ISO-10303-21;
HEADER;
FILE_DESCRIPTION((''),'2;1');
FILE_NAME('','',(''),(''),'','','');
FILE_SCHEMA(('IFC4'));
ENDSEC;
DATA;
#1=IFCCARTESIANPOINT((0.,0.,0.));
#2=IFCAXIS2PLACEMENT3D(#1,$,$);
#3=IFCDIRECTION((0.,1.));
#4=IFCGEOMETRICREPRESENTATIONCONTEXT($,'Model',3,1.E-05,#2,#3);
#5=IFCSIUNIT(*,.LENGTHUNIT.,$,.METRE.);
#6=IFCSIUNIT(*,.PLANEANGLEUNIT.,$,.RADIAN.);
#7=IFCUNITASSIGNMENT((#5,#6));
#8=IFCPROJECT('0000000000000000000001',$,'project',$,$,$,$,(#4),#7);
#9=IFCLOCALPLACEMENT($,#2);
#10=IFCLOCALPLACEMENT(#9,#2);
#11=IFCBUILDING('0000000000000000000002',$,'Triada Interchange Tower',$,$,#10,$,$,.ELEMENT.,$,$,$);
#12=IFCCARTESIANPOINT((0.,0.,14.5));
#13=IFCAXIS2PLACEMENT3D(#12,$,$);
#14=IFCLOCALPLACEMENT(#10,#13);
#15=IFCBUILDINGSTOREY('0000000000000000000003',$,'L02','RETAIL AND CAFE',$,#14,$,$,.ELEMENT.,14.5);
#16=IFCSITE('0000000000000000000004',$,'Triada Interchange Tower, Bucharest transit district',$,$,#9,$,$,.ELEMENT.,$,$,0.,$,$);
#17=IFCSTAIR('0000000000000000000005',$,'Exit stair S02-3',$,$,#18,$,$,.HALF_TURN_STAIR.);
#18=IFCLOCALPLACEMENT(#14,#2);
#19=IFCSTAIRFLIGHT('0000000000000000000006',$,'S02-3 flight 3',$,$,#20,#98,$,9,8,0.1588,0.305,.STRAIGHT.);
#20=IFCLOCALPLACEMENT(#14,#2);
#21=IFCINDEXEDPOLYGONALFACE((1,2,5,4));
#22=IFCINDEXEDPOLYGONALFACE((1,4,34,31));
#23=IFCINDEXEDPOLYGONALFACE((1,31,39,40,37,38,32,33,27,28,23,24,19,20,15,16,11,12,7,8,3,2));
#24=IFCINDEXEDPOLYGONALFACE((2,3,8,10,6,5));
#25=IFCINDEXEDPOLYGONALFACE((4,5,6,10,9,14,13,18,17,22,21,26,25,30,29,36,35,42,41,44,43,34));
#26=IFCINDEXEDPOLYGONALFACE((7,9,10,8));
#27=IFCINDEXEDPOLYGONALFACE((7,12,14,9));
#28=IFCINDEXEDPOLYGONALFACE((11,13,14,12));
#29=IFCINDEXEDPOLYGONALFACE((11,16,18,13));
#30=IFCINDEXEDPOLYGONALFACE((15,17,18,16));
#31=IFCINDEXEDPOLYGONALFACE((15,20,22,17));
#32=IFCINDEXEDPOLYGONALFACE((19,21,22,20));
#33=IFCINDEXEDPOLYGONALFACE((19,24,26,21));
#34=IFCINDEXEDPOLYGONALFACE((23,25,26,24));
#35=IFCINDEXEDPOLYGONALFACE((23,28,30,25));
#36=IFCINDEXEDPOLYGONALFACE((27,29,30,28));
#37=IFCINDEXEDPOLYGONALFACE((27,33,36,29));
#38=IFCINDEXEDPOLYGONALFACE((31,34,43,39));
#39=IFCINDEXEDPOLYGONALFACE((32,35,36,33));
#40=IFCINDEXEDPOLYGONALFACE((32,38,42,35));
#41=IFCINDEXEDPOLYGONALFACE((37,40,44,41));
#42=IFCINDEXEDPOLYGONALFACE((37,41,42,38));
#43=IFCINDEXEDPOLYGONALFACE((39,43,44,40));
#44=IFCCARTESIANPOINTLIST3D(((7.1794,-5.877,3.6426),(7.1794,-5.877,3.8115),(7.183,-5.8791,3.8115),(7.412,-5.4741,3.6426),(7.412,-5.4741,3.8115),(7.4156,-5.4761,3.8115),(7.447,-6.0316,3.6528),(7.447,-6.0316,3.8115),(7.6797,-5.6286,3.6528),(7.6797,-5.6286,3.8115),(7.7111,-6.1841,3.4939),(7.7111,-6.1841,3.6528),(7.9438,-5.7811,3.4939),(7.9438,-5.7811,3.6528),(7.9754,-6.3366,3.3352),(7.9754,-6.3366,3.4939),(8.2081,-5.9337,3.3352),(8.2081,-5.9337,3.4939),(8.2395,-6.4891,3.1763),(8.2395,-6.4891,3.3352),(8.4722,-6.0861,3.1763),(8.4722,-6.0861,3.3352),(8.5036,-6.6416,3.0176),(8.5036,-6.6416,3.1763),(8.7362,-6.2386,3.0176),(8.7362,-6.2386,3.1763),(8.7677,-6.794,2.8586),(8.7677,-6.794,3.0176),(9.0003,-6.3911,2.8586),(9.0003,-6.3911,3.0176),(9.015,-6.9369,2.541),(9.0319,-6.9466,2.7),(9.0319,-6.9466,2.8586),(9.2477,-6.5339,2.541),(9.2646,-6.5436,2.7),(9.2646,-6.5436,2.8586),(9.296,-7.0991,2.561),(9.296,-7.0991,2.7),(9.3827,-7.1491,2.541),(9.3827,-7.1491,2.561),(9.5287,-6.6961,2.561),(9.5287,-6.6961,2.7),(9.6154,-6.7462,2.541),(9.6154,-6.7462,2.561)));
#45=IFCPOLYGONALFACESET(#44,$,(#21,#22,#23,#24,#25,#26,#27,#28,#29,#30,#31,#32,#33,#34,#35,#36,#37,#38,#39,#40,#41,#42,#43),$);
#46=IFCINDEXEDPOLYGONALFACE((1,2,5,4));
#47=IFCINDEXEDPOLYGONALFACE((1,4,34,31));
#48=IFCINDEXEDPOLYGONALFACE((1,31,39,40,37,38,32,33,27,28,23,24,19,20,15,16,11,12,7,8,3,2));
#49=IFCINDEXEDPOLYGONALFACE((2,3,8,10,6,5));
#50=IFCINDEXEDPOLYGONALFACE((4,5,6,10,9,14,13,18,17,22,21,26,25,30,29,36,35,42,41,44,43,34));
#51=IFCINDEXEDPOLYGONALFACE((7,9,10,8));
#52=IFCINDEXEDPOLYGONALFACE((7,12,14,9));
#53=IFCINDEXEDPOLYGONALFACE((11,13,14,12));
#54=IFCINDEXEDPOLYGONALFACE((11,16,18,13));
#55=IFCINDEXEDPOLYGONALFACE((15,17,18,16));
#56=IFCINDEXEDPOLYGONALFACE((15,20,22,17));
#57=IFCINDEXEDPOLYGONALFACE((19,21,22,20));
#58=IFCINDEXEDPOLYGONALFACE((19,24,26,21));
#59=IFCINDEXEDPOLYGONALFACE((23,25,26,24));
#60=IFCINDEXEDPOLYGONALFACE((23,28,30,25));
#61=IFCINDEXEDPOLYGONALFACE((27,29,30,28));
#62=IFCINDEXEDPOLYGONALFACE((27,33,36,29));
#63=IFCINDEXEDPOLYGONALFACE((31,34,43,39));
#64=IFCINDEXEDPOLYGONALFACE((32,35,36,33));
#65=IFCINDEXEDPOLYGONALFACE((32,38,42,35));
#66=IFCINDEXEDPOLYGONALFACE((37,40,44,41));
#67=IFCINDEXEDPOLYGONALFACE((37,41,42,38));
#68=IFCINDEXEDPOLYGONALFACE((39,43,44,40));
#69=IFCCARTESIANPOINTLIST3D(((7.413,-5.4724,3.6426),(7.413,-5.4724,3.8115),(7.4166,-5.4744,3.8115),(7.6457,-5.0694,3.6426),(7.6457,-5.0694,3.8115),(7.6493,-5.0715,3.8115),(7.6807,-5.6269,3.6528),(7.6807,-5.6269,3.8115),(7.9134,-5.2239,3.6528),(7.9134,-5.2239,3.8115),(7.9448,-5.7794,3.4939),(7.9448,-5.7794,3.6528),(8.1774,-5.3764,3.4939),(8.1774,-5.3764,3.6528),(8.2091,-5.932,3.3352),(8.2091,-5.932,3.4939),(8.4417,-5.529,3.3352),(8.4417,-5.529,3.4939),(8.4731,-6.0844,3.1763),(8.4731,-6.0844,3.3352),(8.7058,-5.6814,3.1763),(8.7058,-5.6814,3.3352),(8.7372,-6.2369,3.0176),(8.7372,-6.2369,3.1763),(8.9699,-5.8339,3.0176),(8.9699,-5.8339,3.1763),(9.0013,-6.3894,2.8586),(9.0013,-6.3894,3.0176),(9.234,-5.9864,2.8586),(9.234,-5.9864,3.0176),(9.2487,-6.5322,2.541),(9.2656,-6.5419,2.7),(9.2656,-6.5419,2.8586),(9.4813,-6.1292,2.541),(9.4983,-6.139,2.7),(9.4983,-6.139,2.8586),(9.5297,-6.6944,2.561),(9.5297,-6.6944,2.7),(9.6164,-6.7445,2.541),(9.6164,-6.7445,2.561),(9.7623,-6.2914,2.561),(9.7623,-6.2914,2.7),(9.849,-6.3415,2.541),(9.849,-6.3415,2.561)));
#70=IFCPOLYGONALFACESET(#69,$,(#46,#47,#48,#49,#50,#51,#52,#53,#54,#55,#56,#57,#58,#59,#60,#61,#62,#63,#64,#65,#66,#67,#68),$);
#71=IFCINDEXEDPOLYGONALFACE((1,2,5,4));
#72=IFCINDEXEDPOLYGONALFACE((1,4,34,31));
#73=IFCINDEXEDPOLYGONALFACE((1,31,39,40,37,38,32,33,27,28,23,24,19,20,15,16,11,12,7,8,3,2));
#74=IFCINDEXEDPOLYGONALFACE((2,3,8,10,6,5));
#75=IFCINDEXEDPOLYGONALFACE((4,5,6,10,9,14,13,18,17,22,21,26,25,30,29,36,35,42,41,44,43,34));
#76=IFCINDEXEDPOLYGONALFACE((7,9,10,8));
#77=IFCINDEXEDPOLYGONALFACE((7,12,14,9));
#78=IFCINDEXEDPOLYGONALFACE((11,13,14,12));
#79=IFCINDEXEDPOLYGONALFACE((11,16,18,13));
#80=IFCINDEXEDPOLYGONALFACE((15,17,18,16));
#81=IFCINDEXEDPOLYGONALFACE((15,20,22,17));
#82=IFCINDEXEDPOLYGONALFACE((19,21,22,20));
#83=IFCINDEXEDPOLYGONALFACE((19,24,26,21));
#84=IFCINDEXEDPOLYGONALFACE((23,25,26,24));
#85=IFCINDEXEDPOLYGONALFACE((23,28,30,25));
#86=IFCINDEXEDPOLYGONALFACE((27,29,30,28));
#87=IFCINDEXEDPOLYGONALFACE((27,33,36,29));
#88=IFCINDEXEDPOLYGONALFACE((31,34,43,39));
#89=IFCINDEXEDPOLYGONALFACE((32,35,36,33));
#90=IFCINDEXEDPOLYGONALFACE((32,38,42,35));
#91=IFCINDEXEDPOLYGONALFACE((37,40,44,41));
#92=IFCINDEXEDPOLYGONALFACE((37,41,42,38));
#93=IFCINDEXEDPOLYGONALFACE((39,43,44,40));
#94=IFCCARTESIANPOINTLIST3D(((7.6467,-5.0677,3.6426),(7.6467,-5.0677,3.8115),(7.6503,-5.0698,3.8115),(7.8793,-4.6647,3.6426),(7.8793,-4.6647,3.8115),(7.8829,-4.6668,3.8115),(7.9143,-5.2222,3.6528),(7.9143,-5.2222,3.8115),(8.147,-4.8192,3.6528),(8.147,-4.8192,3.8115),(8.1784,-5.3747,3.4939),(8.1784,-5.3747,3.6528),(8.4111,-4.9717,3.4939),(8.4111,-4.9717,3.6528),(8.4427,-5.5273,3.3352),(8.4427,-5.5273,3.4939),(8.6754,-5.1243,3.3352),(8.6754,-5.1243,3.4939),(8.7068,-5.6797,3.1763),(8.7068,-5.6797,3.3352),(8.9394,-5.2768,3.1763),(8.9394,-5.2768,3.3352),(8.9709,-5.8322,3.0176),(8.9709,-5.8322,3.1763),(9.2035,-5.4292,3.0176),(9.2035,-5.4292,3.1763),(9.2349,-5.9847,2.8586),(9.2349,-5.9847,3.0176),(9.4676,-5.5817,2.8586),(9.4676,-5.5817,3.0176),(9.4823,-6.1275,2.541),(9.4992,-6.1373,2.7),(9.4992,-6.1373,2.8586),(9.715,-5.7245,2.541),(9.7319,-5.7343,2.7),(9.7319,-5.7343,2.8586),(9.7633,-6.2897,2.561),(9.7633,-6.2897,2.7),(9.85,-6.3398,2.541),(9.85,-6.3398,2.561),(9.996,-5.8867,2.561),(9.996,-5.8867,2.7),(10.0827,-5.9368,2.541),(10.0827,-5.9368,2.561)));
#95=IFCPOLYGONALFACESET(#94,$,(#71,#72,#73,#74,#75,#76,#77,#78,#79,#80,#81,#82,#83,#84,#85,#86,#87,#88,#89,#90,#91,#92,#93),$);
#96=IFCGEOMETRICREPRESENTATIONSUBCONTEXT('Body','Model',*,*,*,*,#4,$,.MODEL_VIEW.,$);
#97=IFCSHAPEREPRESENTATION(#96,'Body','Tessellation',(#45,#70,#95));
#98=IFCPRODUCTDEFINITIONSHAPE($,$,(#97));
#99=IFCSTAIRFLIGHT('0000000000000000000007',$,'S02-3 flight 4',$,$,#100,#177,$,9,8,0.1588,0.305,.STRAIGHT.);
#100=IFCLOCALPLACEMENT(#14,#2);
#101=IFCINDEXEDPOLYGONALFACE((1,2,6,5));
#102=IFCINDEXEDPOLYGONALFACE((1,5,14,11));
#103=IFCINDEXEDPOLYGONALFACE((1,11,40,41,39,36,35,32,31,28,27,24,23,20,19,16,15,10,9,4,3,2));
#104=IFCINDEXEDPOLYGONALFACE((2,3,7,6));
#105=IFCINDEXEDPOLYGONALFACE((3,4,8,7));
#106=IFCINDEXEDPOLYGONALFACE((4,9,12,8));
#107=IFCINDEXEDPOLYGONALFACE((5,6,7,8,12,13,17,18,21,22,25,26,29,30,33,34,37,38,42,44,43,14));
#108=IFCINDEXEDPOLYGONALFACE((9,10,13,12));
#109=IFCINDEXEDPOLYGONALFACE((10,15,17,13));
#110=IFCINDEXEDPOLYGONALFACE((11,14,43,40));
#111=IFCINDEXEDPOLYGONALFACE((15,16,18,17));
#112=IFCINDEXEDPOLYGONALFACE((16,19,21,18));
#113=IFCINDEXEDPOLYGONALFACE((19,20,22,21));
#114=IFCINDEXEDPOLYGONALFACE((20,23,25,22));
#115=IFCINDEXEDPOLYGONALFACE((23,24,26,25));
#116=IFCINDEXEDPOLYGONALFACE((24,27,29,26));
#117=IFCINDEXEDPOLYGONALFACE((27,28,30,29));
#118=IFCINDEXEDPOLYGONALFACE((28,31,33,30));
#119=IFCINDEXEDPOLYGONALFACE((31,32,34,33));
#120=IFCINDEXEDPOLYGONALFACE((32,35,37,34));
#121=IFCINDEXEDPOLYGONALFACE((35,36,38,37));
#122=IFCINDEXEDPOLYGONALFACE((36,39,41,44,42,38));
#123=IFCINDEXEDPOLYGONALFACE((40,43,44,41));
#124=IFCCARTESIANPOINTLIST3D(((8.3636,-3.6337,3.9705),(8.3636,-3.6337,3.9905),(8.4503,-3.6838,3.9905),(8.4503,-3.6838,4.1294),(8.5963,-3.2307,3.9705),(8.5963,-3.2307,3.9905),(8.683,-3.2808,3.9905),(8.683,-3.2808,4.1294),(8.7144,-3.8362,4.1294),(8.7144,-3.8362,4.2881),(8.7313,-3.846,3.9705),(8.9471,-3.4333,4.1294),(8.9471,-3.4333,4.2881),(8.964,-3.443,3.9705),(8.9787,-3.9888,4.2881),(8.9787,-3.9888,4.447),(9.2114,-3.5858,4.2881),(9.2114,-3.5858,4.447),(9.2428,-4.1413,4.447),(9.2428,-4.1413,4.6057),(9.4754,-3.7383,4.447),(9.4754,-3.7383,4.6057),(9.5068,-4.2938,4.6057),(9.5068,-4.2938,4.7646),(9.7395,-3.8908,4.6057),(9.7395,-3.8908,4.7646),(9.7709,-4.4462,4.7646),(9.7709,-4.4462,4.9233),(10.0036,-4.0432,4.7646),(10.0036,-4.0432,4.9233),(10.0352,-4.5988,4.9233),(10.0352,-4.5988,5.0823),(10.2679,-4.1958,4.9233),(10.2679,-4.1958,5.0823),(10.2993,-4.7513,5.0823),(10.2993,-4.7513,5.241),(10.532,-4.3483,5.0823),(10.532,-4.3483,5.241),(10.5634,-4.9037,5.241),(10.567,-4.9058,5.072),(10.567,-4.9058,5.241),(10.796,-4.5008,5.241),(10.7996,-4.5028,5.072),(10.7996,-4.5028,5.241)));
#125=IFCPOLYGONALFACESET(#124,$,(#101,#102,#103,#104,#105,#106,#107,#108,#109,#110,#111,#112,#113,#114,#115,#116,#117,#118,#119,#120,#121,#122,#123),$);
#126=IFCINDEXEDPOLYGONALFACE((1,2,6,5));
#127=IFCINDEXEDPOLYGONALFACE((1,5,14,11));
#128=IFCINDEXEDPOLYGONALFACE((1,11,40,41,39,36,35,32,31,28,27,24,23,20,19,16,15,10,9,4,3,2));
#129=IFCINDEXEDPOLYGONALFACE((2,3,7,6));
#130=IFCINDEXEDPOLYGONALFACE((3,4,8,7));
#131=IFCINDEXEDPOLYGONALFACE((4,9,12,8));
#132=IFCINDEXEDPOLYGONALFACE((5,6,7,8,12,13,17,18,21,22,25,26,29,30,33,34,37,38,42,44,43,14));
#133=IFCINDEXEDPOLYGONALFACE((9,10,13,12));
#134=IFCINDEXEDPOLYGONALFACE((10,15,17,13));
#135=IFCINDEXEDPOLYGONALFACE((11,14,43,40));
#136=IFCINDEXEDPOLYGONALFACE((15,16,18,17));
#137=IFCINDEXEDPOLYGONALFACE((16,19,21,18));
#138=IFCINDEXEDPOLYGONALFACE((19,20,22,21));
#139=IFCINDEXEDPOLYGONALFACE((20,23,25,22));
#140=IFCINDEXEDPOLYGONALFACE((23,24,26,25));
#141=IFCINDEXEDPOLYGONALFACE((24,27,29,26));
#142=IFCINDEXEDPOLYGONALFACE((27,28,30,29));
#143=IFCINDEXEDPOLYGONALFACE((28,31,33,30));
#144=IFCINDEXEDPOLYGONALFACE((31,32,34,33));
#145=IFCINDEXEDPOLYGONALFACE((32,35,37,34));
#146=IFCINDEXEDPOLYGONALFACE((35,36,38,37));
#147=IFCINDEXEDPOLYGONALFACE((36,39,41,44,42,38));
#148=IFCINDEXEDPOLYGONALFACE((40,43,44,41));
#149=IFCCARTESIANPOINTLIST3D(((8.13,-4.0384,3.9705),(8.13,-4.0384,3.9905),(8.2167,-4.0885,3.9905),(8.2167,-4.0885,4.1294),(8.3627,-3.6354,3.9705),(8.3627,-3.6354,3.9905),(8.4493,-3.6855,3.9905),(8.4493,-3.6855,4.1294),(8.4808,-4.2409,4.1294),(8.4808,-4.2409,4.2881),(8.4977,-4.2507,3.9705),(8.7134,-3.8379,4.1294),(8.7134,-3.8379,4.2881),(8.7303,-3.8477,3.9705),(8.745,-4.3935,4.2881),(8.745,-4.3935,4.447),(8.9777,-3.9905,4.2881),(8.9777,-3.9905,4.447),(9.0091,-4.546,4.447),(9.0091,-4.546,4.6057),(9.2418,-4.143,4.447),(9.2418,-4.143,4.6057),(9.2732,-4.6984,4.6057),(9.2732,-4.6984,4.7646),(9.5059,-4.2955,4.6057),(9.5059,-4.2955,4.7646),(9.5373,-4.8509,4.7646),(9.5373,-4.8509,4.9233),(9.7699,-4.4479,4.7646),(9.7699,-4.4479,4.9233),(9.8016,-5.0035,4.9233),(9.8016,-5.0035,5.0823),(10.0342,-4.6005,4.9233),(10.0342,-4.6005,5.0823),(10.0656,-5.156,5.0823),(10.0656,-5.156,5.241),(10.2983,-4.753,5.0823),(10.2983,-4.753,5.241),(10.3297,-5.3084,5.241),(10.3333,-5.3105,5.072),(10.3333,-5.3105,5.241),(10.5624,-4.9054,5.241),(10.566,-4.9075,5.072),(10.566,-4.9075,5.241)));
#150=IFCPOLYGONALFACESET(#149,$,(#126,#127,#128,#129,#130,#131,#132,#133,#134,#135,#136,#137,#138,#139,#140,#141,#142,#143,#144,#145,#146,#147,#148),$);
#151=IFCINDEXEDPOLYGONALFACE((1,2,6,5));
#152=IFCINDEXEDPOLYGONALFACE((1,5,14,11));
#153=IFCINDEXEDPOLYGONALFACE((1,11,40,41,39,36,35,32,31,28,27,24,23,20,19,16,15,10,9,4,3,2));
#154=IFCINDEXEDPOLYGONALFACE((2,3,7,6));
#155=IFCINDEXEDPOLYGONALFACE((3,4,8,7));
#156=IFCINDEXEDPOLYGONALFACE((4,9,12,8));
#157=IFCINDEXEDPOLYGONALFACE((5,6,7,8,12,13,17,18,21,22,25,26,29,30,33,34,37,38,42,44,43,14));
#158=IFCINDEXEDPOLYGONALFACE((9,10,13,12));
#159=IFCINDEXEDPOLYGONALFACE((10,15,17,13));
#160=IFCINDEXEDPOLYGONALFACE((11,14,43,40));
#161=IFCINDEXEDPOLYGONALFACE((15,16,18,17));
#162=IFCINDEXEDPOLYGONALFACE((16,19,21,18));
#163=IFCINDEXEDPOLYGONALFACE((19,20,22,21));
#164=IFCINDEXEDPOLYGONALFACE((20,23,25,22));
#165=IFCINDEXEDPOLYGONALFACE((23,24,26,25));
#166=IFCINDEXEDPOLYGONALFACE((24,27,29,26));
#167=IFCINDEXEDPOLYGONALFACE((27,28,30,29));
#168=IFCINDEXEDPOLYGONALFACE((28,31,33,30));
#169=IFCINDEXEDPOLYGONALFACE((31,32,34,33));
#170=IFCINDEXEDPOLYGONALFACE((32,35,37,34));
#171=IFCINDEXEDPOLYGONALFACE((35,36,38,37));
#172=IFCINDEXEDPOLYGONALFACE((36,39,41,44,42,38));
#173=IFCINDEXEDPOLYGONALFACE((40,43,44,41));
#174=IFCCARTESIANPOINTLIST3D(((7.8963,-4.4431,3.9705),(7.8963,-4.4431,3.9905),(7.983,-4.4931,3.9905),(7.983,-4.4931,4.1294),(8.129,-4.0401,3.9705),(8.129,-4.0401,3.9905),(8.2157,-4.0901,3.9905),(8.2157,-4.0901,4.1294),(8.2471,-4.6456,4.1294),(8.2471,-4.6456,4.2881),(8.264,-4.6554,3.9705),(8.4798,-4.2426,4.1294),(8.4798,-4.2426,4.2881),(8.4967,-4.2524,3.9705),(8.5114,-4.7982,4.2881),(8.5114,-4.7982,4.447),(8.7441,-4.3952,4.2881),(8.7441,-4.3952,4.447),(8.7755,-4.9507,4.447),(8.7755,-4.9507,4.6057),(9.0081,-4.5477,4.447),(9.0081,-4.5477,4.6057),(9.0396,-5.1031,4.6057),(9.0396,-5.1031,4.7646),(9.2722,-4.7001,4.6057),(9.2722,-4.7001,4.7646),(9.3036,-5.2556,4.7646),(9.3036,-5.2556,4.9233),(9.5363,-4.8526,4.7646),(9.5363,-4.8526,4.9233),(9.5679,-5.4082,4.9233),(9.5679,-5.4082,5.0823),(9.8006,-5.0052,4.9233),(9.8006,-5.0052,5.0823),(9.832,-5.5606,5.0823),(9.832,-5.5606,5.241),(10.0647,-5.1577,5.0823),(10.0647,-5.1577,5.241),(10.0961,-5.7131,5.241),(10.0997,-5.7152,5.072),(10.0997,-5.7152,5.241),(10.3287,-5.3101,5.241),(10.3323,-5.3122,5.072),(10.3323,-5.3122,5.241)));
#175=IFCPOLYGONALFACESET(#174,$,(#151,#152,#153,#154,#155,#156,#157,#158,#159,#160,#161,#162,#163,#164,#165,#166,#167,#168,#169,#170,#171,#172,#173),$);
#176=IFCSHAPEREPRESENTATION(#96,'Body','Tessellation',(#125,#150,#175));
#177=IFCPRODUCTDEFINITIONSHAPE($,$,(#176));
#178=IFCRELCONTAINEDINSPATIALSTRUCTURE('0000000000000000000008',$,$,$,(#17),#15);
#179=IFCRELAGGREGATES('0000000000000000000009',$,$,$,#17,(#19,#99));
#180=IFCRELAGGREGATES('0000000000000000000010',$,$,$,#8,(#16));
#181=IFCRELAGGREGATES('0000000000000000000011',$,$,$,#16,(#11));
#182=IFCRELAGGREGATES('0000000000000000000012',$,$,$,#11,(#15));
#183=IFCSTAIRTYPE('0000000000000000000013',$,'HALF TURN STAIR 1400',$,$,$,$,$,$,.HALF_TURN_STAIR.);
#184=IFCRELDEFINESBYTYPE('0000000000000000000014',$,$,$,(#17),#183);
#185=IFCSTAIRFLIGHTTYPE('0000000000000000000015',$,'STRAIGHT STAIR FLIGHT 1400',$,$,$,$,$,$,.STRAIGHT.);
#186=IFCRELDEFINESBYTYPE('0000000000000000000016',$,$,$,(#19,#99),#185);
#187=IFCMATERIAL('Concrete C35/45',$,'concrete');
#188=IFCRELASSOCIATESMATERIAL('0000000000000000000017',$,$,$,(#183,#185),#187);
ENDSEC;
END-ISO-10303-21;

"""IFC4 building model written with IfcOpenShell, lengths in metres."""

from ifc_helpers import new_model, si_unit, direction, frame, origin, place, context, subcontext, project, spatial, polyline, outline, extrude, material, type_object, element, aggregate, save


model = new_model("IFC4")

# Units and contexts
model_context = context("Model", 3, precision=1e-05, world=origin(), true_north=direction((0.0, 1.0)))
body_context = subcontext(model_context, "Body", "Model", "MODEL_VIEW")
ifc_project = project(units=[si_unit("LENGTHUNIT", "METRE"), si_unit("PLANEANGLEUNIT", "RADIAN")], contexts=[model_context])

# Site, building, storey
site_placement = place(None, origin())
site = spatial("IfcSite", under=ifc_project, at=site_placement, Name="Triada Interchange Tower, Bucharest transit district", CompositionType="ELEMENT", RefElevation=0.0)
building_placement = place(site_placement, origin())
building = spatial("IfcBuilding", under=site, at=building_placement, Name="Triada Interchange Tower", CompositionType="ELEMENT")
storey_placement = place(building_placement, frame((0.0, 0.0, 14.5)))
storey = spatial("IfcBuildingStorey", under=building, at=storey_placement, Name="L02", Description="RETAIL AND CAFE", CompositionType="ELEMENT", Elevation=14.5)

# Shared definitions
ifc_material_1 = material(Name="Concrete C35/45", Category="concrete")

# Stair, stair flights
stair_type = type_object("IfcStairType", Name="HALF TURN STAIR 1400", PredefinedType="HALF_TURN_STAIR", material=ifc_material_1)
stair_placement = place(storey_placement, origin())
stair = element("IfcStair", 1, at=stair_placement, inside=storey, type_object=stair_type, Name="Exit stair S02-3", PredefinedType="HALF_TURN_STAIR")
stair_flight_type = type_object("IfcStairFlightType", Name="STRAIGHT STAIR FLIGHT 1400", PredefinedType="STRAIGHT", material=ifc_material_1)
stair_flight_1_placement = place(storey_placement, frame((9.646, -6.4929, 2.541), z_axis=(0.0, 0.0, 1.0), x_axis=(-0.866025, 0.5, 0.0)))
stair_flight_1 = element("IfcStairFlight", 2, at=stair_flight_1_placement, type_object=stair_flight_type, Name="S02-3 flight 3", NumberOfRisers=9, NumberOfTreads=8, PredefinedType="STRAIGHT", RiserHeight=0.1588, TreadLength=0.305, context=body_context, shape_type="SweptSolid", body=[
    extrude(outline(polyline([(-0.1001, 0.0), (-0.1001, 0.02), (0.0, 0.02), (0.0, 0.1589), (0.3049, 0.1589), (0.3049, 0.3176), (0.6101, 0.3176), (0.6101, 0.4766), (0.915, 0.4766), (0.915, 0.6353), (1.22, 0.6353), (1.22, 0.7942), (1.5249, 0.7942), (1.5249, 0.9529), (1.8301, 0.9529), (1.8301, 1.1118), (2.135, 1.1118), (2.135, 1.2705), (2.4399, 1.2705), (2.4441, 1.2705), (2.4441, 1.4294), (2.4441, 1.1016), (0.3245, 0.0), (-0.1001, 0.0)])), frame((0.0, 0.7, 0.0), z_axis=(0.0, -1.0, 0.0), x_axis=(1.0, 0.0, 0.0)), (0.0, 0.0, 1.0), 0.4653),
    extrude(outline(polyline([(-0.1001, 0.0), (-0.1001, 0.02), (0.0, 0.02), (0.0, 0.1589), (0.3049, 0.1589), (0.3049, 0.3176), (0.6101, 0.3176), (0.6101, 0.4766), (0.915, 0.4766), (0.915, 0.6353), (1.22, 0.6353), (1.22, 0.7942), (1.5249, 0.7942), (1.5249, 0.9529), (1.8301, 0.9529), (1.8301, 1.1118), (2.135, 1.1118), (2.135, 1.2705), (2.4399, 1.2705), (2.4441, 1.2705), (2.4441, 1.4294), (2.4441, 1.1016), (0.3245, 0.0), (-0.1001, 0.0)])), frame((0.0, 0.2327, 0.0), z_axis=(0.0, -1.0, 0.0), x_axis=(1.0, 0.0, 0.0)), (0.0, 0.0, 1.0), 0.4653),
    extrude(outline(polyline([(-0.1001, 0.0), (-0.1001, 0.02), (0.0, 0.02), (0.0, 0.1589), (0.3049, 0.1589), (0.3049, 0.3176), (0.6101, 0.3176), (0.6101, 0.4766), (0.915, 0.4766), (0.915, 0.6353), (1.22, 0.6353), (1.22, 0.7942), (1.5249, 0.7942), (1.5249, 0.9529), (1.8301, 0.9529), (1.8301, 1.1118), (2.135, 1.1118), (2.135, 1.2705), (2.4399, 1.2705), (2.4441, 1.2705), (2.4441, 1.4294), (2.4441, 1.1016), (0.3245, 0.0), (-0.1001, 0.0)])), frame((0.0, -0.2346, 0.0), z_axis=(0.0, -1.0, 0.0), x_axis=(1.0, 0.0, 0.0)), (0.0, 0.0, 1.0), 0.4653),
])
stair_flight_2_placement = place(storey_placement, frame((8.333, -3.887, 3.9705), z_axis=(0.0, 0.0, 1.0), x_axis=(0.866025, -0.5, 0.0)))
stair_flight_2 = element("IfcStairFlight", 3, at=stair_flight_2_placement, type_object=stair_flight_type, Name="S02-3 flight 4", NumberOfRisers=9, NumberOfTreads=8, PredefinedType="STRAIGHT", RiserHeight=0.1588, TreadLength=0.305, context=body_context, shape_type="SweptSolid", body=[
    extrude(outline(polyline([(-0.1001, 0.0), (-0.1001, 0.02), (0.0, 0.02), (0.0, 0.1589), (0.3049, 0.1589), (0.3049, 0.3176), (0.6101, 0.3176), (0.6101, 0.4766), (0.915, 0.4766), (0.915, 0.6353), (1.22, 0.6353), (1.22, 0.7942), (1.5249, 0.7942), (1.5249, 0.9529), (1.8301, 0.9529), (1.8301, 1.1118), (2.135, 1.1118), (2.135, 1.2705), (2.4399, 1.2705), (2.4441, 1.2705), (2.4441, 1.4294), (2.4441, 1.1016), (0.3245, 0.0), (-0.1001, 0.0)])), frame((0.0, 0.7, 0.0), z_axis=(0.0, -1.0, 0.0), x_axis=(1.0, 0.0, 0.0)), (0.0, 0.0, 1.0), 0.4653),
    extrude(outline(polyline([(-0.1001, 0.0), (-0.1001, 0.02), (0.0, 0.02), (0.0, 0.1589), (0.3049, 0.1589), (0.3049, 0.3176), (0.6101, 0.3176), (0.6101, 0.4766), (0.915, 0.4766), (0.915, 0.6353), (1.22, 0.6353), (1.22, 0.7942), (1.5249, 0.7942), (1.5249, 0.9529), (1.8301, 0.9529), (1.8301, 1.1118), (2.135, 1.1118), (2.135, 1.2705), (2.4399, 1.2705), (2.4441, 1.2705), (2.4441, 1.4294), (2.4441, 1.1016), (0.3245, 0.0), (-0.1001, 0.0)])), frame((0.0, 0.2327, 0.0), z_axis=(0.0, -1.0, 0.0), x_axis=(1.0, 0.0, 0.0)), (0.0, 0.0, 1.0), 0.4653),
    extrude(outline(polyline([(-0.1001, 0.0), (-0.1001, 0.02), (0.0, 0.02), (0.0, 0.1589), (0.3049, 0.1589), (0.3049, 0.3176), (0.6101, 0.3176), (0.6101, 0.4766), (0.915, 0.4766), (0.915, 0.6353), (1.22, 0.6353), (1.22, 0.7942), (1.5249, 0.7942), (1.5249, 0.9529), (1.8301, 0.9529), (1.8301, 1.1118), (2.135, 1.1118), (2.135, 1.2705), (2.4399, 1.2705), (2.4441, 1.2705), (2.4441, 1.4294), (2.4441, 1.1016), (0.3245, 0.0), (-0.1001, 0.0)])), frame((0.0, -0.2346, 0.0), z_axis=(0.0, -1.0, 0.0), x_axis=(1.0, 0.0, 0.0)), (0.0, 0.0, 1.0), 0.4653),
])
aggregate(stair, [stair_flight_1, stair_flight_2])

save(model, "model.ifc")
